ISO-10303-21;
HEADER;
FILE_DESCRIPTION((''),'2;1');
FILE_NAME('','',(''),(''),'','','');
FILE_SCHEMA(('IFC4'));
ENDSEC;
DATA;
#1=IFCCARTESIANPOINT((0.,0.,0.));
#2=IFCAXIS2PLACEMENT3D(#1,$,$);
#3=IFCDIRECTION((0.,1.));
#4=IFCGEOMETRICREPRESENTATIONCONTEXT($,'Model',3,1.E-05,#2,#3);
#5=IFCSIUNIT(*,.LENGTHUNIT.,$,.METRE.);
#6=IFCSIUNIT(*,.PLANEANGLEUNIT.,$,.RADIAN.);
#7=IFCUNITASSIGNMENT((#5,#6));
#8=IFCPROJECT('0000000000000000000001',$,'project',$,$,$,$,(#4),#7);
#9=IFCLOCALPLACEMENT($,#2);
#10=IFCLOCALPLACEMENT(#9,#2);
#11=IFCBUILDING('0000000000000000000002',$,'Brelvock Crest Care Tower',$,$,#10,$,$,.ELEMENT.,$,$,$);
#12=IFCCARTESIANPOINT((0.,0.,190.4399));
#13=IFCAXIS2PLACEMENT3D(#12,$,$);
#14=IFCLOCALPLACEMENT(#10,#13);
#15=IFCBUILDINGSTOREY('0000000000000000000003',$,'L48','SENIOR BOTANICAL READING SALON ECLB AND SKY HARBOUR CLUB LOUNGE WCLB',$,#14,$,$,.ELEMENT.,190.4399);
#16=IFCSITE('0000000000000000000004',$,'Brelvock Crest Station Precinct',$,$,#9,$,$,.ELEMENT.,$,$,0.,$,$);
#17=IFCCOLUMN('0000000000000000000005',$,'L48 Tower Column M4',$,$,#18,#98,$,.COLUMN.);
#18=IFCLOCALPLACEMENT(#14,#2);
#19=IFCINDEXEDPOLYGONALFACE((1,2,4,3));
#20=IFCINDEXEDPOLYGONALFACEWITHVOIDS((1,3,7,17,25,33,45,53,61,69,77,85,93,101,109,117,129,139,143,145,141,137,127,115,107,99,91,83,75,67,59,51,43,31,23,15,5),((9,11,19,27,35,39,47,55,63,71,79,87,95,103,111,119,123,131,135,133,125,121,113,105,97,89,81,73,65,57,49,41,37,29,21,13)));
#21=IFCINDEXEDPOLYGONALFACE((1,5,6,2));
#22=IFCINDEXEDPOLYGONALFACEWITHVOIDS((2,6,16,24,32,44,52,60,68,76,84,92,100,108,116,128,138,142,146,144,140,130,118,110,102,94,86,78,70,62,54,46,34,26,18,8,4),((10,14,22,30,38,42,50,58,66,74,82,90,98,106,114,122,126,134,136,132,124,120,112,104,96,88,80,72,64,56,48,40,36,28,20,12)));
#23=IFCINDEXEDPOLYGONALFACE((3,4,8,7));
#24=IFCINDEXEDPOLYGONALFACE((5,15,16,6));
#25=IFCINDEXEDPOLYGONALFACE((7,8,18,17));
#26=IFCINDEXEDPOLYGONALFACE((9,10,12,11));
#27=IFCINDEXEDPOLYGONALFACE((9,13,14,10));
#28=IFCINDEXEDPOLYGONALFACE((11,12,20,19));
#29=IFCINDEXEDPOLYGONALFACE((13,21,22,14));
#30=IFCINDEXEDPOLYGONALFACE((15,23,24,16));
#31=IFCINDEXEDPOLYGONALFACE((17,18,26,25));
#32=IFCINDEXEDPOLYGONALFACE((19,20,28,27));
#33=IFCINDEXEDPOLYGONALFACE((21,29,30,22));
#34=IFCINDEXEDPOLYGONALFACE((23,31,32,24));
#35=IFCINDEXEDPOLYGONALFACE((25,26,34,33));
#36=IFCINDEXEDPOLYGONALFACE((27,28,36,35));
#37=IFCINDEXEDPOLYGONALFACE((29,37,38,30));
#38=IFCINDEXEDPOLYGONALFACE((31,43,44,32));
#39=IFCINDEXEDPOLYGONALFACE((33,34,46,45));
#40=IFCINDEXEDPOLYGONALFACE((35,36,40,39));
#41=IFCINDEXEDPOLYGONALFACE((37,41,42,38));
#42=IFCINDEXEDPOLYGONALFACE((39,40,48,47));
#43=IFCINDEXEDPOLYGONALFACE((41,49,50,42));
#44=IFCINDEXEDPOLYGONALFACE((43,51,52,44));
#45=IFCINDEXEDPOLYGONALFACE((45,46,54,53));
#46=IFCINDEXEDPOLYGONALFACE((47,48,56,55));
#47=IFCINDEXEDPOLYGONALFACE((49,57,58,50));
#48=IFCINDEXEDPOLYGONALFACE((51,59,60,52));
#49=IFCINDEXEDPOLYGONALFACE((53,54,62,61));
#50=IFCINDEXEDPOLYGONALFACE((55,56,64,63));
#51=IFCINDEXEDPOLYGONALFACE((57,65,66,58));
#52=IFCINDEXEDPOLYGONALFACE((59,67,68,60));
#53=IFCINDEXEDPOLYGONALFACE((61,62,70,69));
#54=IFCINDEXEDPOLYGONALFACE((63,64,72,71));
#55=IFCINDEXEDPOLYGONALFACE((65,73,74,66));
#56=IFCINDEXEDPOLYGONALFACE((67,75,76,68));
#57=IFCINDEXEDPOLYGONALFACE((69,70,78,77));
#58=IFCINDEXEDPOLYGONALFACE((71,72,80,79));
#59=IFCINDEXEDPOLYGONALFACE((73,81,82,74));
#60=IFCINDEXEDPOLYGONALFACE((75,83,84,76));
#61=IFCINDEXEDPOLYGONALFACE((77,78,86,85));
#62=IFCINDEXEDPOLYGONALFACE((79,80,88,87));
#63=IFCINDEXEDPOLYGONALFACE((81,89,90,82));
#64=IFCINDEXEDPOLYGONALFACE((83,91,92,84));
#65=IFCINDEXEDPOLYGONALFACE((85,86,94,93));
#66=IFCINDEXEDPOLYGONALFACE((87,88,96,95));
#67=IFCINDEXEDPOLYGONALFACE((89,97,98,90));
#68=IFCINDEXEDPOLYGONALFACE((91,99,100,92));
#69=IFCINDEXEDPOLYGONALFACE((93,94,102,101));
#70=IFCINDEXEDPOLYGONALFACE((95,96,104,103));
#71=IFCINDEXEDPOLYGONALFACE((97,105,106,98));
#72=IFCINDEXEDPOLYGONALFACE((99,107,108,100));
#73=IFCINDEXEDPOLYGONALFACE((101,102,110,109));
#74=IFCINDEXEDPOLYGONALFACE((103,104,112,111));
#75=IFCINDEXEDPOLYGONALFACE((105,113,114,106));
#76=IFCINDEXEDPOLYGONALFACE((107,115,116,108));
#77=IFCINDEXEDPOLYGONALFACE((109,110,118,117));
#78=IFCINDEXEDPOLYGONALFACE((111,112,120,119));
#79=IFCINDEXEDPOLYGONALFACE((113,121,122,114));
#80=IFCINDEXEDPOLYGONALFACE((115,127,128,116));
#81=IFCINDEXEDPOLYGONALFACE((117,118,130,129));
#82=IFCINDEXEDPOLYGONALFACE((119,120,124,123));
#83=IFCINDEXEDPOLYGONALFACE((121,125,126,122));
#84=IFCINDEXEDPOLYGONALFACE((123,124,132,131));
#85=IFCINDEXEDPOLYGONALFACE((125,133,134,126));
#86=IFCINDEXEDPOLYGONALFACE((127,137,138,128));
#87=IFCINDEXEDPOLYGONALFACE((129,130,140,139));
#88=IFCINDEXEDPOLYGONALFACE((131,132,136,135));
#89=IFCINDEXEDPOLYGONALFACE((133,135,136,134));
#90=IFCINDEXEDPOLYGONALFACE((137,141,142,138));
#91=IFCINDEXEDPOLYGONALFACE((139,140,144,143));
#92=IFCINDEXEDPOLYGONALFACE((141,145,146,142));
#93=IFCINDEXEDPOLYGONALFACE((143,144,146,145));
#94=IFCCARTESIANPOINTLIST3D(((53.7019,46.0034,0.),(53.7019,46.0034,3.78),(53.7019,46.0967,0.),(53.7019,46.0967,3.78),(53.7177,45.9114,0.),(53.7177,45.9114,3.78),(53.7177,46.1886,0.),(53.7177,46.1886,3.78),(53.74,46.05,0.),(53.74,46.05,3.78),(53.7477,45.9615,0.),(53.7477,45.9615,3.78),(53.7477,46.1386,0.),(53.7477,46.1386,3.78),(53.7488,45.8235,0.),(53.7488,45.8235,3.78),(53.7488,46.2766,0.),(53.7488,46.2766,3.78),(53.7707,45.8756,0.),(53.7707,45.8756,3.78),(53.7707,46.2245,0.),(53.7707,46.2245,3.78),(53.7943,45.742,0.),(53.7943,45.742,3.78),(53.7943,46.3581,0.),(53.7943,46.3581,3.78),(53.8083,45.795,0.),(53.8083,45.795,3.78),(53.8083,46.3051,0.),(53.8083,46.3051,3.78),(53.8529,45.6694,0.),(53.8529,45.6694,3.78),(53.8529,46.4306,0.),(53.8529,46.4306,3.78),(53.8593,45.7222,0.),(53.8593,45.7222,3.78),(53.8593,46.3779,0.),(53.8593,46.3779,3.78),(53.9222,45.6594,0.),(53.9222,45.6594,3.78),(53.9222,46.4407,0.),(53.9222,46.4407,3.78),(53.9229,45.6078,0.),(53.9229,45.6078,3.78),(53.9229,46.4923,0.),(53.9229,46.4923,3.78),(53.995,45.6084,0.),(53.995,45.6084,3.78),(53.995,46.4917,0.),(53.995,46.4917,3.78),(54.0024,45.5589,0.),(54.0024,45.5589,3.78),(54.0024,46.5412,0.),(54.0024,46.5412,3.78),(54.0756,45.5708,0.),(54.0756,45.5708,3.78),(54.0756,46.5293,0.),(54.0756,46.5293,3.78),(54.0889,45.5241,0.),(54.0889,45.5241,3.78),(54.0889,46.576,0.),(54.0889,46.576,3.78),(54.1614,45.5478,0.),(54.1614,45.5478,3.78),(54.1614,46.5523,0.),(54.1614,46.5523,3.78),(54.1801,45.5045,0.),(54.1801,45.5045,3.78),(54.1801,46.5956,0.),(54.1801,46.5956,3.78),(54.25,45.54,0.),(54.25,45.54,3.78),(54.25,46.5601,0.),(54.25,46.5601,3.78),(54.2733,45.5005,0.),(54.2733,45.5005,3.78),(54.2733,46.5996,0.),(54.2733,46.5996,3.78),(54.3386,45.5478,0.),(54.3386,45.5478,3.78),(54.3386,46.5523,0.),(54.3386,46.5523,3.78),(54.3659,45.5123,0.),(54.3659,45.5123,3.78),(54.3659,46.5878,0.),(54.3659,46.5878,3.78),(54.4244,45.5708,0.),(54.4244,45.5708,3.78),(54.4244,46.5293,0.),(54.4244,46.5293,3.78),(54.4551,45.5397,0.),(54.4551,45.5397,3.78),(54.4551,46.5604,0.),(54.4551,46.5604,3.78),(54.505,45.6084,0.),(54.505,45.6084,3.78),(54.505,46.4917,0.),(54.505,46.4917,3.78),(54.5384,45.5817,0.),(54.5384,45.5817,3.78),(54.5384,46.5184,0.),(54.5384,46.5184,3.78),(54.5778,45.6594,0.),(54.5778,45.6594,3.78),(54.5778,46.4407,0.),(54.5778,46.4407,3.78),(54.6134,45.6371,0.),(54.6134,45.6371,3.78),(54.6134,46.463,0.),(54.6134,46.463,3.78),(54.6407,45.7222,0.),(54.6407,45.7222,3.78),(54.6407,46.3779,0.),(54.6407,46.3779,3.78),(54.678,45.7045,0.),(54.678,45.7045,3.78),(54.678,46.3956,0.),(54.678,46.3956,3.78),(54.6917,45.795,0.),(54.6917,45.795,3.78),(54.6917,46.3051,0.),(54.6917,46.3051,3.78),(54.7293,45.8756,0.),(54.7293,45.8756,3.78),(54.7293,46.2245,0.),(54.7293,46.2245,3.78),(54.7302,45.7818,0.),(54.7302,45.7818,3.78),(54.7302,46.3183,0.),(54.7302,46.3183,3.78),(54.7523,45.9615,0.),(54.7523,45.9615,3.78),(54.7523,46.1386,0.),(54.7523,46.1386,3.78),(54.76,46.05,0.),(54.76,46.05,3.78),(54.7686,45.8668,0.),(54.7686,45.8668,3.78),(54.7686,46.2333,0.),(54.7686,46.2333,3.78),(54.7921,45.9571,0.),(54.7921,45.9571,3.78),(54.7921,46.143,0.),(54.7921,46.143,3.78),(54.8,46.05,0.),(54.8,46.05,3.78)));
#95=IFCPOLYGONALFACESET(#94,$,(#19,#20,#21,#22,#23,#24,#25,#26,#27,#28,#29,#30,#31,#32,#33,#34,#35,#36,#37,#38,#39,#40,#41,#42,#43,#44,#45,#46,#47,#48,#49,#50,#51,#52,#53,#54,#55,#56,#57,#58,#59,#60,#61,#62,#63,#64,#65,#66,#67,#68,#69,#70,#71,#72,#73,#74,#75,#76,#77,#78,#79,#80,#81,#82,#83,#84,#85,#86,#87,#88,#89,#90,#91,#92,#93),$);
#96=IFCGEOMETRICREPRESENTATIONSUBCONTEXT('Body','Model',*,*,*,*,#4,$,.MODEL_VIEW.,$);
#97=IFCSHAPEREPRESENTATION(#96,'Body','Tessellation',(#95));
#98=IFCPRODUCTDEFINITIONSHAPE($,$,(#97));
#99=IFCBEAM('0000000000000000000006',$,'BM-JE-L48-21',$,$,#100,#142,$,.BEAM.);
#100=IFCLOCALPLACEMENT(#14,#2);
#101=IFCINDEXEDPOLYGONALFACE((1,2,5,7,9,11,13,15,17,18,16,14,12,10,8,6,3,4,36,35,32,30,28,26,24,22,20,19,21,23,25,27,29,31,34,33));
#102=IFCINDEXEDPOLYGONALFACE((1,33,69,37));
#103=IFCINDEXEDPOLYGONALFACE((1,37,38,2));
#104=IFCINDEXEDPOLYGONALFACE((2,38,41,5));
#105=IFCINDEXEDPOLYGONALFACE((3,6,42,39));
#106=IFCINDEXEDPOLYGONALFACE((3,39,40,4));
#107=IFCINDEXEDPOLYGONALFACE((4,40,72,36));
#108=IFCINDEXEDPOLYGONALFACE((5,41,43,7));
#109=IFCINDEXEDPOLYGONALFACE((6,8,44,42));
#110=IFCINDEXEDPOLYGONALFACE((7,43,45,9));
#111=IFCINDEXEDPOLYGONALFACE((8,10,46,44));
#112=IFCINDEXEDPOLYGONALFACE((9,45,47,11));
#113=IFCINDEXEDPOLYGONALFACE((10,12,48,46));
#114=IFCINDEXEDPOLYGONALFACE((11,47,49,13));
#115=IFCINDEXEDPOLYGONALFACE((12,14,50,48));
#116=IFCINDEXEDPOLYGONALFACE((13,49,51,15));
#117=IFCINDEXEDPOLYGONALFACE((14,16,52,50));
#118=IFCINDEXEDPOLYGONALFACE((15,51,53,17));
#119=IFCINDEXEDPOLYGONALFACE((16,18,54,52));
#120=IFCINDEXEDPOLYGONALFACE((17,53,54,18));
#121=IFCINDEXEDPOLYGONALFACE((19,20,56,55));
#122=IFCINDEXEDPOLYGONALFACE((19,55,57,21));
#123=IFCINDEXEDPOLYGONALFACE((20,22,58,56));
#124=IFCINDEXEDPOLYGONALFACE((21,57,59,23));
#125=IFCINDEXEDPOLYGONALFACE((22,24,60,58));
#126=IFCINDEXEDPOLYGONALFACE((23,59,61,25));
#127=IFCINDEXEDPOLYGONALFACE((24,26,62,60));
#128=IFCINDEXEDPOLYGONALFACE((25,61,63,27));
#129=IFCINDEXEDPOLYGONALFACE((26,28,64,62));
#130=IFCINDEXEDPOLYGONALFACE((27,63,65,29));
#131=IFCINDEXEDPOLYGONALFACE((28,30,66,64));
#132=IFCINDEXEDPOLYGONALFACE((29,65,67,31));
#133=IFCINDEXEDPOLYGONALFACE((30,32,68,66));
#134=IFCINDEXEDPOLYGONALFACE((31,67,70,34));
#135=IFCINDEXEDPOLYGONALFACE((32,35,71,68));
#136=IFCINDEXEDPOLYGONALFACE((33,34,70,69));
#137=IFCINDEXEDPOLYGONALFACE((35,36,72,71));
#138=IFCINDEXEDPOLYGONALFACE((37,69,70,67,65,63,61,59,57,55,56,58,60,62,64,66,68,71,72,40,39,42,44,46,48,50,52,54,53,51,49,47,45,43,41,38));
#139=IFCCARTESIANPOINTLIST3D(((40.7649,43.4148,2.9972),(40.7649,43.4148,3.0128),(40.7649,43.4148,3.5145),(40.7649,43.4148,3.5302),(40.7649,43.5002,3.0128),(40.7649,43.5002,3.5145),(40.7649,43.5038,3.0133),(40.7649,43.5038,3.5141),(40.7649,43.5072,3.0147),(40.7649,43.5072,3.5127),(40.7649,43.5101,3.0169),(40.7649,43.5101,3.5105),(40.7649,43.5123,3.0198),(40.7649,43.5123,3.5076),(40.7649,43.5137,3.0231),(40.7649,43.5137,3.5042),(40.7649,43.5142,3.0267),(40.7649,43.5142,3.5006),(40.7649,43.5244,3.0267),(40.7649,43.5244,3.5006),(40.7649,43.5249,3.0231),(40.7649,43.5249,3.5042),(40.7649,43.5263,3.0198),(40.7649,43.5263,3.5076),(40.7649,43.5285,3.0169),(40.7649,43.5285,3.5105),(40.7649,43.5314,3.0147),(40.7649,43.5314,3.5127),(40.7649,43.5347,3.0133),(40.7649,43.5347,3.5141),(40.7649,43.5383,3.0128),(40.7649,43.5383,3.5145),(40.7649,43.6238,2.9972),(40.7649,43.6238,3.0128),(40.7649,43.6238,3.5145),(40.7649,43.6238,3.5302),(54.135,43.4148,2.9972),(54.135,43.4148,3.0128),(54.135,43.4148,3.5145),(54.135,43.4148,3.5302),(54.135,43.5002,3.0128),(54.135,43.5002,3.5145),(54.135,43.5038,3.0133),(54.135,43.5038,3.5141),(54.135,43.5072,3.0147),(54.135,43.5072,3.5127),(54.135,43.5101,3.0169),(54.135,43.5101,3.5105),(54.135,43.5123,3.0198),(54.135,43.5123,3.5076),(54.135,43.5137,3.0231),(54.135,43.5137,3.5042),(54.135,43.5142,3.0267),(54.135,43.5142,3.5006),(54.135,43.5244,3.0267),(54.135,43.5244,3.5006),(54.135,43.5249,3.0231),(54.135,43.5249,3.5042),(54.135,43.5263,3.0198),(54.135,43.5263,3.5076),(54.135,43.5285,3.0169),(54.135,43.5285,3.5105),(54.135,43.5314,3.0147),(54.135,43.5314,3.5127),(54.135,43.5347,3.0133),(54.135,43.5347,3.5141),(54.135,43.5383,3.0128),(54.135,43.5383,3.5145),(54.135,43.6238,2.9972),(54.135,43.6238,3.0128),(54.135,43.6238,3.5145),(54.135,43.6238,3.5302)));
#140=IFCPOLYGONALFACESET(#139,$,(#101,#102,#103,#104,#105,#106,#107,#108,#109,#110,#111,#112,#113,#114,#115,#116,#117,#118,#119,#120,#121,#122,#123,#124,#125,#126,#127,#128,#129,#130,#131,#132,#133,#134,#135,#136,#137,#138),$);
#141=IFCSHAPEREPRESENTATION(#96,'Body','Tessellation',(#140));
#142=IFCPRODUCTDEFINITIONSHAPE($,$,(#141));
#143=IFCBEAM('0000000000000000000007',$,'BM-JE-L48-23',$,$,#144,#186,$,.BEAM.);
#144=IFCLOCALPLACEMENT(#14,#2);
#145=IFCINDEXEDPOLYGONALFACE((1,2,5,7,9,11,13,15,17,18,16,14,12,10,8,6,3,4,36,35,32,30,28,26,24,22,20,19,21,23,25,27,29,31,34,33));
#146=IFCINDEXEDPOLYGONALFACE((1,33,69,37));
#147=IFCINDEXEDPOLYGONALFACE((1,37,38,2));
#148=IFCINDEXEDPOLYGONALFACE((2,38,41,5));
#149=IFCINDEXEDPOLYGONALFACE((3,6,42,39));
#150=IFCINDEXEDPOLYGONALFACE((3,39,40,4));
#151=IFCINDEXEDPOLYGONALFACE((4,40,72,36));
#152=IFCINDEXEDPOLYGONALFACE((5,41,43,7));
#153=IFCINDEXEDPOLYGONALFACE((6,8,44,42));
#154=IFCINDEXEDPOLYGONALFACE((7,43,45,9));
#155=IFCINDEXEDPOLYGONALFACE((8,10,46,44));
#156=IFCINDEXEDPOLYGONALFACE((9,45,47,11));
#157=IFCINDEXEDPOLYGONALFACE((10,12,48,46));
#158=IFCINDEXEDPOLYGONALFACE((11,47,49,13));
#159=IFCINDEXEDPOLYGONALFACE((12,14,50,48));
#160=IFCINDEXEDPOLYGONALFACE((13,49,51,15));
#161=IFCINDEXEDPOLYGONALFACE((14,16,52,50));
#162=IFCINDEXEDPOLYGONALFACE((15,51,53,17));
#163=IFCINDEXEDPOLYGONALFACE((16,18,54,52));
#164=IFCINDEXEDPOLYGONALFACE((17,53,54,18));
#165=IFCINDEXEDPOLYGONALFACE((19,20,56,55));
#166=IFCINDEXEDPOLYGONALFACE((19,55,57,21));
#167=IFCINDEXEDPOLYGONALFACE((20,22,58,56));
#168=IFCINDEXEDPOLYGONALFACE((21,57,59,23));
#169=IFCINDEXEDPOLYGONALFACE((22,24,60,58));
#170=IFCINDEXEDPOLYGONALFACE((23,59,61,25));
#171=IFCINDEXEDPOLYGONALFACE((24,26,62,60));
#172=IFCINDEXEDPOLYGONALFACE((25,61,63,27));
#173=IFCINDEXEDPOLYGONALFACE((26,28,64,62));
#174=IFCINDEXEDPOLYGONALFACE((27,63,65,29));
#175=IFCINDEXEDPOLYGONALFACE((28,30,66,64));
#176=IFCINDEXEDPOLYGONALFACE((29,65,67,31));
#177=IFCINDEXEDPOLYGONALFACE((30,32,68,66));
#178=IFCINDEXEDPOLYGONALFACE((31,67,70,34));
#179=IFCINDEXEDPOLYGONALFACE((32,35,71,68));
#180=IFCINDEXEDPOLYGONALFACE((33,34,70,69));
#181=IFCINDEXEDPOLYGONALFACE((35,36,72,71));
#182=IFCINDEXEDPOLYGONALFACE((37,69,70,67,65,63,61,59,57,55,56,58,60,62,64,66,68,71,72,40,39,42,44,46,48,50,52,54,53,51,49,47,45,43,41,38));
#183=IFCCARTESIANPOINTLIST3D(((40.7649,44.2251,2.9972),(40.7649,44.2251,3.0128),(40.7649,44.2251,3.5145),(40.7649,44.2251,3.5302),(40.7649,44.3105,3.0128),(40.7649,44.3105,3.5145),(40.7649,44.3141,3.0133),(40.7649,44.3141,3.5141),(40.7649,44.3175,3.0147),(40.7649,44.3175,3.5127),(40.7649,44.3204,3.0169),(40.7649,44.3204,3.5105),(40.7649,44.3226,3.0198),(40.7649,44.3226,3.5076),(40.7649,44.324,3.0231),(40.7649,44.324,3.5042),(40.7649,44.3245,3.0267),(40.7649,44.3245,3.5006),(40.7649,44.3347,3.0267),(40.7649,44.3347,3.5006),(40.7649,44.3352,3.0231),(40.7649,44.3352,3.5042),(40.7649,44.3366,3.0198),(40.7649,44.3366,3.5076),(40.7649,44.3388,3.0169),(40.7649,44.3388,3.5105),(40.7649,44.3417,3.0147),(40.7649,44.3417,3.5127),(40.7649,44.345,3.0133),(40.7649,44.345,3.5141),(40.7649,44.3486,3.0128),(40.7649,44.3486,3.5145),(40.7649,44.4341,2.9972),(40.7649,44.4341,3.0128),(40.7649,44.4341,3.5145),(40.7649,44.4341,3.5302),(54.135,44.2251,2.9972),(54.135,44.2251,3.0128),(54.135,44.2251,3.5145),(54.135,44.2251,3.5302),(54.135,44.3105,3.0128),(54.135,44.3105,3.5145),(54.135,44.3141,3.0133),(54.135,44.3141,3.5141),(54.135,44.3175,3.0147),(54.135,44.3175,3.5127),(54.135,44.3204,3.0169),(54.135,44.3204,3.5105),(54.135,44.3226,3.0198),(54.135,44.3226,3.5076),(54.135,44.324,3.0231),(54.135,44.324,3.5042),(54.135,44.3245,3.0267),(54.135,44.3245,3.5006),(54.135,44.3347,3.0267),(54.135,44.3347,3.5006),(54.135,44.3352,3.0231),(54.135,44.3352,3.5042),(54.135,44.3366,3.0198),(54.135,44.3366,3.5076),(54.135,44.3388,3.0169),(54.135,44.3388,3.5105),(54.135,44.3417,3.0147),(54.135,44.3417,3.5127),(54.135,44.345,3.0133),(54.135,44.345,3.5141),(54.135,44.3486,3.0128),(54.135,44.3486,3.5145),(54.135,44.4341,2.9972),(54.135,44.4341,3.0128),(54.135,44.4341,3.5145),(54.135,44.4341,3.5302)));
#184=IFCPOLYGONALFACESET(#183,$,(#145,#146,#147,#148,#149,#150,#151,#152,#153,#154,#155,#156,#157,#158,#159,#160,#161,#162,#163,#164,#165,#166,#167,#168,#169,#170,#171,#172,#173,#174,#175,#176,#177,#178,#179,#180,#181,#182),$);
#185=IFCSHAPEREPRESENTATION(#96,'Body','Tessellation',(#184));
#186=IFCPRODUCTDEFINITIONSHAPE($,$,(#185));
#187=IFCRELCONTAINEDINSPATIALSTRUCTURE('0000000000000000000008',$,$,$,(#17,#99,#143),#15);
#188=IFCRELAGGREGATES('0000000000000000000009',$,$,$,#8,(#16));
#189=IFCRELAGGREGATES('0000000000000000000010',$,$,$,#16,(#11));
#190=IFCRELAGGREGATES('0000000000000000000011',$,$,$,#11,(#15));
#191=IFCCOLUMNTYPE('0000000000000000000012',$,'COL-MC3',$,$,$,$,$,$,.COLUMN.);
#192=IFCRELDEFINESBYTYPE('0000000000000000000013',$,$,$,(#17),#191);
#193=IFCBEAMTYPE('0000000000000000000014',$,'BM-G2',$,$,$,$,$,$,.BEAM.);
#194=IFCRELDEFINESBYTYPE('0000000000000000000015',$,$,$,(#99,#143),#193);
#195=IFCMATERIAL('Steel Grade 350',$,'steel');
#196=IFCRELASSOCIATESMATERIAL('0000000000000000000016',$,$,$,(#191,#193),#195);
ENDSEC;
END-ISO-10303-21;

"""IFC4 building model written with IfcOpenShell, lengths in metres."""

from ifc_helpers import new_model, si_unit, direction, frame, origin, origin_2d, place, context, subcontext, project, spatial, hollow_circle, i_section, extrude, source, transform, mapped, material, material_profile, profile_set, type_object, element, save


model = new_model("IFC4")

# Units and contexts
model_context = context("Model", 3, precision=1e-05, world=origin(), true_north=direction((0.0, 1.0)))
body_context = subcontext(model_context, "Body", "Model", "MODEL_VIEW")
ifc_project = project(units=[si_unit("LENGTHUNIT", "METRE"), si_unit("PLANEANGLEUNIT", "RADIAN")], contexts=[model_context])

# Site, building, storey
site_placement = place(None, origin())
site = spatial("IfcSite", under=ifc_project, at=site_placement, Name="Brelvock Crest Station Precinct", CompositionType="ELEMENT", RefElevation=0.0)
building_placement = place(site_placement, origin())
building = spatial("IfcBuilding", under=site, at=building_placement, Name="Brelvock Crest Care Tower", CompositionType="ELEMENT")
storey_placement = place(building_placement, frame((0.0, 0.0, 190.4399)))
storey = spatial("IfcBuildingStorey", under=building, at=storey_placement, Name="L48", Description="SENIOR BOTANICAL READING SALON ECLB AND SKY HARBOUR CLUB LOUNGE WCLB", CompositionType="ELEMENT", Elevation=190.4399)

# Column
ifc_material_1 = material(Name="Steel Grade 350", Category="steel")
ifc_material_profile_1 = material_profile(ifc_material_1, hollow_circle(Radius=0.55, WallThickness=0.04, at=origin_2d()), Name="CFT1100x40")
ifc_profile_set_1 = profile_set([ifc_material_profile_1], Name="Steel Grade 350")
column_type = type_object("IfcColumnType", Name="COL-MC3", PredefinedType="COLUMN", material=ifc_profile_set_1)
shared_shape_1 = source(origin(), body_context, "Body", "SweptSolid", [
    extrude(hollow_circle(Radius=0.55, WallThickness=0.04, at=origin_2d()), origin(), (0.0, 0.0, 1.0), 3.78),
])
column_placement = place(storey_placement, frame((54.25, 46.05, 0.0), z_axis=(0.0, 0.0, 1.0), x_axis=(1.0, 0.0, 0.0)))
element("IfcColumn", 1, at=column_placement, inside=storey, type_object=column_type, Name="L48 Tower Column M4", PredefinedType="COLUMN", context=body_context, shape_type="MappedRepresentation", body=[
    mapped(shared_shape_1, transform((0.0, 0.0, 0.0), x_axis=(1.0, 0.0, 0.0), y_axis=(0.0, 1.0, 0.0), z_axis=(0.0, 0.0, 1.0), scale=1.0)),
])

# Beams
ifc_material_profile_2 = material_profile(ifc_material_1, i_section(OverallWidth=0.209, OverallDepth=0.533, WebThickness=0.0103, FlangeThickness=0.0156, FilletRadius=0.0139, at=origin_2d()), Name="530UB92.4")
ifc_profile_set_2 = profile_set([ifc_material_profile_2], Name="Steel Grade 350")
beam_type_1 = type_object("IfcBeamType", Name="BM-G2", PredefinedType="BEAM", material=ifc_profile_set_2)
shared_shape_2 = source(origin(), body_context, "Body", "SweptSolid", [
    extrude(i_section(OverallWidth=0.209, OverallDepth=0.533, WebThickness=0.0103, FlangeThickness=0.0156, FilletRadius=0.0139, at=origin_2d()), origin(), (0.0, 0.0, 1.0), 13.3701),
])
for number, where, z_axis, x_axis, name in (
    (2, (40.7649, 43.5193, 3.2637), (1.0, 0.0, 0.0), (0.0, 1.0, 0.0), "BM-JE-L48-21"),
    (3, (40.7649, 44.3296, 3.2637), (1.0, 0.0, 0.0), (0.0, 1.0, 0.0), "BM-JE-L48-23"),
):
    element("IfcBeam", number, at=place(storey_placement, frame(where, z_axis=z_axis, x_axis=x_axis)), inside=storey, type_object=beam_type_1, Name=name, PredefinedType="BEAM", context=body_context, shape_type="MappedRepresentation", body=[
        mapped(shared_shape_2, transform((0.0, 0.0, 0.0), x_axis=(1.0, 0.0, 0.0), y_axis=(0.0, 1.0, 0.0), z_axis=(0.0, 0.0, 1.0), scale=1.0)),
    ])

save(model, "model.ifc")
